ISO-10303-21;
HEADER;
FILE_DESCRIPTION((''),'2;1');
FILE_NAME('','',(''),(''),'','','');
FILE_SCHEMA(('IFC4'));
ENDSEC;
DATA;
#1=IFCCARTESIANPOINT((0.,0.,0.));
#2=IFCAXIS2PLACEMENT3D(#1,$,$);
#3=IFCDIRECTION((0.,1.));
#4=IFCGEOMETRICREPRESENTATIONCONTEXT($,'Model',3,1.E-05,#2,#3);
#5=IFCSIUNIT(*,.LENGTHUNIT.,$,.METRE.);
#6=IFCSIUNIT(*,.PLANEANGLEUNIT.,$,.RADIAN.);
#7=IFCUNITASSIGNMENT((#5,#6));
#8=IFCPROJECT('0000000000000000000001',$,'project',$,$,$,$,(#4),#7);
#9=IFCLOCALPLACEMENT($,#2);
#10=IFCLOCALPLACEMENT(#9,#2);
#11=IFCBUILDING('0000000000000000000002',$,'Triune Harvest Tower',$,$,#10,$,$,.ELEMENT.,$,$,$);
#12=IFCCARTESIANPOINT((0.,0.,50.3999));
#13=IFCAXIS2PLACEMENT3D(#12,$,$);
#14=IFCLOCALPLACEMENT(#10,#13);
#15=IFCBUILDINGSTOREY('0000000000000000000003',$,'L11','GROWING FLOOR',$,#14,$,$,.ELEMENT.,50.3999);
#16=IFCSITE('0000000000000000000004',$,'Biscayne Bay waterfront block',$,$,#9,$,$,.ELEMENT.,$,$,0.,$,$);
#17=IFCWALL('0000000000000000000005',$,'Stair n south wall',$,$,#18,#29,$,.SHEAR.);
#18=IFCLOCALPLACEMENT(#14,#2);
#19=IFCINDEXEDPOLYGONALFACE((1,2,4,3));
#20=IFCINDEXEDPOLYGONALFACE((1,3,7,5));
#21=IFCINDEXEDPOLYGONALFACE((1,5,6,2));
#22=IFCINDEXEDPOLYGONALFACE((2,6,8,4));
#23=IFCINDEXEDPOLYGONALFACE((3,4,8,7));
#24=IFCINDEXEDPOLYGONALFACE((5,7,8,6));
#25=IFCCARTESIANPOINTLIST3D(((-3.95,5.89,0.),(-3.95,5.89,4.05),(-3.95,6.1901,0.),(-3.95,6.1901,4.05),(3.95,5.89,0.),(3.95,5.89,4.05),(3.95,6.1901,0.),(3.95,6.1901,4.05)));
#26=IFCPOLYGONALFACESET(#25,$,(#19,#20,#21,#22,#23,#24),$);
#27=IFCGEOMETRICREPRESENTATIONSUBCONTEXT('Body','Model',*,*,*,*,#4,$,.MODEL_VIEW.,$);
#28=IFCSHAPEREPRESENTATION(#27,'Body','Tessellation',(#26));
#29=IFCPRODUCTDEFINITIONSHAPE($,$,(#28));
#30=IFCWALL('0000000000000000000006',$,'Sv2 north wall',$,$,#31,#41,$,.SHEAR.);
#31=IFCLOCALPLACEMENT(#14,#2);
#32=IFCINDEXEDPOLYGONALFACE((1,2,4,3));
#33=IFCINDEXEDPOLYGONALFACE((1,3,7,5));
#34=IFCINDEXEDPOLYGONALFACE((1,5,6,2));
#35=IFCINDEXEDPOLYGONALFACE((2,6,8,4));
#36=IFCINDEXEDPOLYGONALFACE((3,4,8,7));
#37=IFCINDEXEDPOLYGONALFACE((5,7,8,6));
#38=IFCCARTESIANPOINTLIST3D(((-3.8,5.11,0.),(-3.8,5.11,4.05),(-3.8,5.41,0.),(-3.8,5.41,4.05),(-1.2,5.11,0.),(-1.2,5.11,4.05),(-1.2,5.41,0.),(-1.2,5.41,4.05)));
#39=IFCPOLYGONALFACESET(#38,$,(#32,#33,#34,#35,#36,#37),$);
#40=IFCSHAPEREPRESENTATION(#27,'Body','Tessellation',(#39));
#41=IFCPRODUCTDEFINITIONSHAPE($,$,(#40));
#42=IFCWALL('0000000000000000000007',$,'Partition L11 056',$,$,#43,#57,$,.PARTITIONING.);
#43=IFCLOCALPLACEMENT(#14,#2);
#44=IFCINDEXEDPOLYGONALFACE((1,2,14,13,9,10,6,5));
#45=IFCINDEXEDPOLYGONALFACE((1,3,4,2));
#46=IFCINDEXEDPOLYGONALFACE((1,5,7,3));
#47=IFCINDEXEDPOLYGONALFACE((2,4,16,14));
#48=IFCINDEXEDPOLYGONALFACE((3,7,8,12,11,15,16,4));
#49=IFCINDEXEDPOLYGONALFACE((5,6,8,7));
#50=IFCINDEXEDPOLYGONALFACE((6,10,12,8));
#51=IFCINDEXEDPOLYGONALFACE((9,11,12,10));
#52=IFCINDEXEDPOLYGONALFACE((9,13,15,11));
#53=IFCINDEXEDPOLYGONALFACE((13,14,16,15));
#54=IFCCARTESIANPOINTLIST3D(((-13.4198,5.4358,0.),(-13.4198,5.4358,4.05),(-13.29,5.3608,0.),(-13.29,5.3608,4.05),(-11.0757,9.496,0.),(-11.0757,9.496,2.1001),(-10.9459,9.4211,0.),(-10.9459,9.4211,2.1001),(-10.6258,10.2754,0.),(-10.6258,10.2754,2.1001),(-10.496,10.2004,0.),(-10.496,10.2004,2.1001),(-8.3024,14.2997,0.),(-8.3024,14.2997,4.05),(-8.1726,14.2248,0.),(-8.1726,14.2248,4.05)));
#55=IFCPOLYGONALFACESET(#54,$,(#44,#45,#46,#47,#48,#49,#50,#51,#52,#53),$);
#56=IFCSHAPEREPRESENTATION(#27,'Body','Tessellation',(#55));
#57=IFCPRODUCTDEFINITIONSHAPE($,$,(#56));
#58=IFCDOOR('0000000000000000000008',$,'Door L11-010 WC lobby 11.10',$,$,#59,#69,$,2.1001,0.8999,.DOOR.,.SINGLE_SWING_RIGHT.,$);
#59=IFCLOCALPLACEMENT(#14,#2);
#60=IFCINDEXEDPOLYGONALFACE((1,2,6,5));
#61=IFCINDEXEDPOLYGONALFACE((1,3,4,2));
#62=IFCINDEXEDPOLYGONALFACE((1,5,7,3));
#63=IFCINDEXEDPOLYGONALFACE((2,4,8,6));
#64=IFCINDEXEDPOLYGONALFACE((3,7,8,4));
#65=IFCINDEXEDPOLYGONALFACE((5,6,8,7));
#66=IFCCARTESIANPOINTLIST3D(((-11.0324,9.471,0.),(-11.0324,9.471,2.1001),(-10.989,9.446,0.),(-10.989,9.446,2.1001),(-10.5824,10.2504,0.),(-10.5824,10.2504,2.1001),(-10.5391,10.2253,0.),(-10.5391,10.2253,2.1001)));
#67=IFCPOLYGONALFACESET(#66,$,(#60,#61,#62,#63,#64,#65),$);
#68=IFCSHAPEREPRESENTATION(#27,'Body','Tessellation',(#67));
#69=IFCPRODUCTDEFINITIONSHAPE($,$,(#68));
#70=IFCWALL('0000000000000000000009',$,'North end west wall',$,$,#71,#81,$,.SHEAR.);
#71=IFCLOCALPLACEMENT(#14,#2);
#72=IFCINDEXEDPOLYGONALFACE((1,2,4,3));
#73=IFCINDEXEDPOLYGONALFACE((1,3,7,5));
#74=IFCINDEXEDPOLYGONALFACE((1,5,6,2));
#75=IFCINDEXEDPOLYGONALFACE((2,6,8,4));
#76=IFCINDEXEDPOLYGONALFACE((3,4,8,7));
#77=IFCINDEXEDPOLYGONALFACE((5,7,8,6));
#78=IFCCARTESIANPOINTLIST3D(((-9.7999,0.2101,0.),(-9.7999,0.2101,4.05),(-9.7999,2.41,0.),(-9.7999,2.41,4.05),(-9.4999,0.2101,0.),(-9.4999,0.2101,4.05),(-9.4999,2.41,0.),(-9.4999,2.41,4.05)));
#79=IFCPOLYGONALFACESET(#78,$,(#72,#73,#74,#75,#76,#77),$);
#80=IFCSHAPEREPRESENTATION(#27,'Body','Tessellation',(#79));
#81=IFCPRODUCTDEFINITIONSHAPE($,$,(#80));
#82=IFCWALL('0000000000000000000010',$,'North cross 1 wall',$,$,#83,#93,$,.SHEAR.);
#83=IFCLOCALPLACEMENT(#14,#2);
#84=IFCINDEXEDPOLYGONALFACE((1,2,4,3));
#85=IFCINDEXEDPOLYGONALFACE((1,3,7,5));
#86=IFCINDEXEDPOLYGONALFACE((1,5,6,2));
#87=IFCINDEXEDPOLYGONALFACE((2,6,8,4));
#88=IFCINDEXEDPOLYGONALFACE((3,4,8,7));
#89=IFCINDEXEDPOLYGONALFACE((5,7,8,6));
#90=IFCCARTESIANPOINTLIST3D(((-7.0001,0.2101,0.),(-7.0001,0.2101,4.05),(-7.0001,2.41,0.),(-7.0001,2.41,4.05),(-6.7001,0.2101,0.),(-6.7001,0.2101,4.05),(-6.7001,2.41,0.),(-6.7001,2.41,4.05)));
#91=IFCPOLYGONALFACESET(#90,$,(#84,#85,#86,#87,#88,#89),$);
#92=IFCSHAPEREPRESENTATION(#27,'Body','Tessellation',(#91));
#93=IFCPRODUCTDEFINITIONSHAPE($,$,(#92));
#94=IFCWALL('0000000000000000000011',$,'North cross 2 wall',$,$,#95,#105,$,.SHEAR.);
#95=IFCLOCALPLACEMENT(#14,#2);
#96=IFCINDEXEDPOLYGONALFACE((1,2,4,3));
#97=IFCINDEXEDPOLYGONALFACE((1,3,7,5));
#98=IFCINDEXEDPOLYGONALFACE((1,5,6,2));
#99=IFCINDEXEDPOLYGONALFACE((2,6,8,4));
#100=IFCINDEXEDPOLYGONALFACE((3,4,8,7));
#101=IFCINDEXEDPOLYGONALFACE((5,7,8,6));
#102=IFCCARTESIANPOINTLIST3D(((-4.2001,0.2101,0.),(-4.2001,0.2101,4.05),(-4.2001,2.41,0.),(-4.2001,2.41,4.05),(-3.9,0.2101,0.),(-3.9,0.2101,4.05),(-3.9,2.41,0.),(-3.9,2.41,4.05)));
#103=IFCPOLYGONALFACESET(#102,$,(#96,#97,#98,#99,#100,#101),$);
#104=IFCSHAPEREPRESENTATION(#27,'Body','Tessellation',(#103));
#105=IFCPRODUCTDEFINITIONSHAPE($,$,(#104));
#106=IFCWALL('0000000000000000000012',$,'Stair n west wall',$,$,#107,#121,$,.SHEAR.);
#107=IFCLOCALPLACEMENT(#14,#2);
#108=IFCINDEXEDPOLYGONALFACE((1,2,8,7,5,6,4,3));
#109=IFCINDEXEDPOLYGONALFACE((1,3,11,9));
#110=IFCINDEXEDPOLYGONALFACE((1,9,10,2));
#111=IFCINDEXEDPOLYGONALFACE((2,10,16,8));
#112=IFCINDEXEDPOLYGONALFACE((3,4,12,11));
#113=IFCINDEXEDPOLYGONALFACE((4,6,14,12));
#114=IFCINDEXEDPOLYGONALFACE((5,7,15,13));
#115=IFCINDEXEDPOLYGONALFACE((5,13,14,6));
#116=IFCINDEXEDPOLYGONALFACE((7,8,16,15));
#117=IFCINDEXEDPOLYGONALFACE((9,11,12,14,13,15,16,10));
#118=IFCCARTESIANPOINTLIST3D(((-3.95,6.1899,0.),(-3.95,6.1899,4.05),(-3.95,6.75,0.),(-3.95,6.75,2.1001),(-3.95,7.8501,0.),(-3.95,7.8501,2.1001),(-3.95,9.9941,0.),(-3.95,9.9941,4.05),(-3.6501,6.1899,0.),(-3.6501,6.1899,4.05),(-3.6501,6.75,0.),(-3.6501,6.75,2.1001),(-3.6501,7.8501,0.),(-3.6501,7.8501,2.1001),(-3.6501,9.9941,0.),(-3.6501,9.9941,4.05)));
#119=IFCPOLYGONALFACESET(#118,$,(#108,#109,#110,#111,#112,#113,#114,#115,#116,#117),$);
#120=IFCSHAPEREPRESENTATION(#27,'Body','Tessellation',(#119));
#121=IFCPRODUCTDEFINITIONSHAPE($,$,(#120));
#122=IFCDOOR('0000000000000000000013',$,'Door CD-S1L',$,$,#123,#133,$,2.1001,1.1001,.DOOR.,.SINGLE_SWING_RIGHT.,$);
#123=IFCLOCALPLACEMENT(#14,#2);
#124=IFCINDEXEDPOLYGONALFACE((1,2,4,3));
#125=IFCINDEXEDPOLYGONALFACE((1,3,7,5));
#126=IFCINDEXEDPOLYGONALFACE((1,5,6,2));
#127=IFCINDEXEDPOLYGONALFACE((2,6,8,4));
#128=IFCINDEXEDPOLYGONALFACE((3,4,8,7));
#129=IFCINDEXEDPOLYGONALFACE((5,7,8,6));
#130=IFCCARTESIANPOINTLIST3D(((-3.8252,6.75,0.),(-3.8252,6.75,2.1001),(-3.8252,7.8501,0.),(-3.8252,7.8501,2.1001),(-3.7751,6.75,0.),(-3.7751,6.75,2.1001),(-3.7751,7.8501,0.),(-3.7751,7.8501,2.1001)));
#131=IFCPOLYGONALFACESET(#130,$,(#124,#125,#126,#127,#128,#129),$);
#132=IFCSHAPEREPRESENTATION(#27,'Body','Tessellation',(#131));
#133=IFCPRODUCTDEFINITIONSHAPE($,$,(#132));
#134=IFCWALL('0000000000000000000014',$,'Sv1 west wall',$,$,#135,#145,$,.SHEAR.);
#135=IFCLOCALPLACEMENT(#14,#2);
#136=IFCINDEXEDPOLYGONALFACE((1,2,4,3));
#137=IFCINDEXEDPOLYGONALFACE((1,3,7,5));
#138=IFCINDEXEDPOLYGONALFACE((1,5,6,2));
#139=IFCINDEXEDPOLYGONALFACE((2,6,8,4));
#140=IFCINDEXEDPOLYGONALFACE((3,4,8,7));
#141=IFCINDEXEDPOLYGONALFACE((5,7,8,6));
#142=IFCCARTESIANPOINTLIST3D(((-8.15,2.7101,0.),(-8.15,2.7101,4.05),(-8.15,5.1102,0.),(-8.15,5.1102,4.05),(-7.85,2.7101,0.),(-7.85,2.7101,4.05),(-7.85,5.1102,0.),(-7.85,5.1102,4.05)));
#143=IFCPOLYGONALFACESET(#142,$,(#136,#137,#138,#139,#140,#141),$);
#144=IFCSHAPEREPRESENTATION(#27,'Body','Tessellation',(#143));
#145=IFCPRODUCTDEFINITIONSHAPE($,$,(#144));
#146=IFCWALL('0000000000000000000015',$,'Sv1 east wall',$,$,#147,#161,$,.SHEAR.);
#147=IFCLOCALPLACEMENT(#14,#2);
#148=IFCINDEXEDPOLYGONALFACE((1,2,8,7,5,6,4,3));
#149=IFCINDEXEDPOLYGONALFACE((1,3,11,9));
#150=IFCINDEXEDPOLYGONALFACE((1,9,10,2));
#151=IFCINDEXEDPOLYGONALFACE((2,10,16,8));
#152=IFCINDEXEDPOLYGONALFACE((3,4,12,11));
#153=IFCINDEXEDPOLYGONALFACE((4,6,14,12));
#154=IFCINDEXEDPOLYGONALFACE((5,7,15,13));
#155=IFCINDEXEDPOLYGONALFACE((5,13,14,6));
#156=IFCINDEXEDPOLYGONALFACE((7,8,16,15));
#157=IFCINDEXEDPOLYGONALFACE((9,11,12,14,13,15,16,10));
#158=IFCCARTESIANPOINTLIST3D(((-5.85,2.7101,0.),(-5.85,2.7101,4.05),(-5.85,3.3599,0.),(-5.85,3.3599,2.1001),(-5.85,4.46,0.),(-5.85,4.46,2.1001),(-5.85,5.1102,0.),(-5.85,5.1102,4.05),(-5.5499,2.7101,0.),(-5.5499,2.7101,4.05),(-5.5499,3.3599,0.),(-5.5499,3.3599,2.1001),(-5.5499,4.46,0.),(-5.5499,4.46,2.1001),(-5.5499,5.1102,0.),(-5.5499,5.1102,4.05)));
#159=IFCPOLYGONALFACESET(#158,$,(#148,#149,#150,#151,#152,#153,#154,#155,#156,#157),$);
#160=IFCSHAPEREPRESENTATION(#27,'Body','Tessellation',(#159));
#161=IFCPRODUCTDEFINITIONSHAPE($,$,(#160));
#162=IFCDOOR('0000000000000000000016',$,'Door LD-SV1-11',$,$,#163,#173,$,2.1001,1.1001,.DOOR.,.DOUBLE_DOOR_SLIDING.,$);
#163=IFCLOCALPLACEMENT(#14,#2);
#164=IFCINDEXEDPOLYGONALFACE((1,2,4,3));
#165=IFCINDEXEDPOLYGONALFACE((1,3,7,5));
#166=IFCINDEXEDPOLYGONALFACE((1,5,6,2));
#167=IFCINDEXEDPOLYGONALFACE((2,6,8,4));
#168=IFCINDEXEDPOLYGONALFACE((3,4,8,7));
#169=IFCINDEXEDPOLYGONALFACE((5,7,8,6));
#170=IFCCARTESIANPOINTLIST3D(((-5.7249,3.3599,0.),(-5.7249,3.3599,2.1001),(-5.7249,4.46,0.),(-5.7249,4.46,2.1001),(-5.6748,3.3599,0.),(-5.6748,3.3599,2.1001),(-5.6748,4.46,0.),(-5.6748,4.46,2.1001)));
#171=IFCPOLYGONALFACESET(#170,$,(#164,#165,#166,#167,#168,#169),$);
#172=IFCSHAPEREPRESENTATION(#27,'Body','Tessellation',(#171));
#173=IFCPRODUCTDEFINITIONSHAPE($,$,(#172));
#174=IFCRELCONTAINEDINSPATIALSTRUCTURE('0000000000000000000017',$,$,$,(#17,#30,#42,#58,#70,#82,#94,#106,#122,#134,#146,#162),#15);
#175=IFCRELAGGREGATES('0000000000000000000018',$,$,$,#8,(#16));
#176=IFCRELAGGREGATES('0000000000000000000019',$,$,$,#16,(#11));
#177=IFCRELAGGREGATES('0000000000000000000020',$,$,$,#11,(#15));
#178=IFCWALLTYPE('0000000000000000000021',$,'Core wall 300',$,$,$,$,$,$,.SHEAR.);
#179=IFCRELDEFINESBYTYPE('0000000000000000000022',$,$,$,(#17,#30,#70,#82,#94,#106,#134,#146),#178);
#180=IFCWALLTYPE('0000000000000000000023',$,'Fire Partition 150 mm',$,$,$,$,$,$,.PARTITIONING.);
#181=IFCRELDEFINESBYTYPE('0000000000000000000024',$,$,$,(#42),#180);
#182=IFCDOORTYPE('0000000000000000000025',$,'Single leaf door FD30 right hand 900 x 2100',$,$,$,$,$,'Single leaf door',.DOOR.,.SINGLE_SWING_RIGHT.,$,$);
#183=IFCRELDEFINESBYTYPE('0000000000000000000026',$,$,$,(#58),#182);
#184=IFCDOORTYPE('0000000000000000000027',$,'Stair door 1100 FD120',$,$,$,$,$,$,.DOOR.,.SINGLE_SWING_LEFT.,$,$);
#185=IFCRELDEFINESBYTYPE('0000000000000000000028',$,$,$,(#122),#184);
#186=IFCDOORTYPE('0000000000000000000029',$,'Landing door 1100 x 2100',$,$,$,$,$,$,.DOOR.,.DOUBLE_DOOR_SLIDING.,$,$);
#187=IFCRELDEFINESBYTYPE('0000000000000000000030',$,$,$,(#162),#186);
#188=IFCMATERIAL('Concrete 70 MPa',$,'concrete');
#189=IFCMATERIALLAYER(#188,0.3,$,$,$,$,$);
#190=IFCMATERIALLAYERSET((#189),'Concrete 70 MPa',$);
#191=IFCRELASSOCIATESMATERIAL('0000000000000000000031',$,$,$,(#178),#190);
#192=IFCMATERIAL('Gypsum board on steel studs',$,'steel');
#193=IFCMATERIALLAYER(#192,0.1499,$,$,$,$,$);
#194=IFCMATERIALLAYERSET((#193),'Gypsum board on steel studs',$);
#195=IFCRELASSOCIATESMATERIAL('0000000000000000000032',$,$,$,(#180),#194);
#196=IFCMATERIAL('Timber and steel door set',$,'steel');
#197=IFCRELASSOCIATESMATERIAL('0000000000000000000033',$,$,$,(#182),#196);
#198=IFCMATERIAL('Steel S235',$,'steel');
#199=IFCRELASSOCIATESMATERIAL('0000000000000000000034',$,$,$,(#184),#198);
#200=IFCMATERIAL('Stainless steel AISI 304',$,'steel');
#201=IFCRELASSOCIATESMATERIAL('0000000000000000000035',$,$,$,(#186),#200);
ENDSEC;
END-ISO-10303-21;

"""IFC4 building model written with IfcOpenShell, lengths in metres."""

from ifc_helpers import new_model, si_unit, direction, frame, frame_2d, origin, place, context, subcontext, project, spatial, polyline, rectangle, outline, extrude, source, transform, mapped, material, layer, layer_set, type_object, element, fill, save


model = new_model("IFC4")

# Units and contexts
model_context = context("Model", 3, precision=1e-05, world=origin(), true_north=direction((0.0, 1.0)))
body_context = subcontext(model_context, "Body", "Model", "MODEL_VIEW")
ifc_project = project(units=[si_unit("LENGTHUNIT", "METRE"), si_unit("PLANEANGLEUNIT", "RADIAN")], contexts=[model_context])

# Site, building, storey
site_placement = place(None, origin())
site = spatial("IfcSite", under=ifc_project, at=site_placement, Name="Biscayne Bay waterfront block", CompositionType="ELEMENT", RefElevation=0.0)
building_placement = place(site_placement, origin())
building = spatial("IfcBuilding", under=site, at=building_placement, Name="Triune Harvest Tower", CompositionType="ELEMENT")
storey_placement = place(building_placement, frame((0.0, 0.0, 50.3999)))
storey = spatial("IfcBuildingStorey", under=building, at=storey_placement, Name="L11", Description="GROWING FLOOR", CompositionType="ELEMENT", Elevation=50.3999)

# Walls
ifc_material_1 = material(Name="Concrete 70 MPa", Category="concrete")
ifc_layer_1 = layer(ifc_material_1, 0.3)
ifc_layer_set_1 = layer_set([ifc_layer_1], Name="Concrete 70 MPa")
wall_type_1 = type_object("IfcWallType", Name="Core wall 300", PredefinedType="SHEAR", material=ifc_layer_set_1)
wall_1_placement = place(storey_placement, frame((-3.95, 6.04, 0.0), z_axis=(0.0, 0.0, 1.0), x_axis=(1.0, 0.0, 0.0)))
element("IfcWall", 1, at=wall_1_placement, inside=storey, type_object=wall_type_1, Name="Stair n south wall", PredefinedType="SHEAR", context=body_context, shape_type="SweptSolid", body=[
    extrude(rectangle(XDim=7.8999, YDim=0.3, at=frame_2d((3.95, 0.0))), origin(), (0.0, 0.0, 1.0), 4.05),
])
wall_2_placement = place(storey_placement, frame((-3.8, 5.26, 0.0), z_axis=(0.0, 0.0, 1.0), x_axis=(1.0, 0.0, 0.0)))
element("IfcWall", 2, at=wall_2_placement, inside=storey, type_object=wall_type_1, Name="Sv2 north wall", PredefinedType="SHEAR", context=body_context, shape_type="SweptSolid", body=[
    extrude(rectangle(XDim=2.6001, YDim=0.3, at=frame_2d((1.3, 0.0))), origin(), (0.0, 0.0, 1.0), 4.05),
])

# Wall, opening, door
ifc_material_2 = material(Name="Gypsum board on steel studs", Category="steel")
ifc_layer_2 = layer(ifc_material_2, 0.1499)
ifc_layer_set_2 = layer_set([ifc_layer_2], Name="Gypsum board on steel studs")
wall_type_2 = type_object("IfcWallType", Name="Fire Partition 150 mm", PredefinedType="PARTITIONING", material=ifc_layer_set_2)
wall_3_placement = place(storey_placement, frame((-13.355, 5.3982, 0.0), z_axis=(0.0, 0.0, 1.0), x_axis=(0.499985, 0.866034, 0.0)))
wall_3 = element("IfcWall", 3, at=wall_3_placement, inside=storey, type_object=wall_type_2, Name="Partition L11 056", PredefinedType="PARTITIONING", context=body_context, shape_type="SweptSolid", body=[
    extrude(rectangle(XDim=10.2351, YDim=0.1499, at=frame_2d((5.1177, 0.0))), origin(), (0.0, 0.0, 1.0), 4.05),
])
opening_1_placement = place(wall_3_placement, frame((4.6885, 0.0, 0.0)))
opening_1 = element("IfcOpeningElement", 4, at=opening_1_placement, cuts=wall_3, PredefinedType="OPENING", context=body_context, shape_type="SweptSolid", body=[
    extrude(rectangle(XDim=0.8999, YDim=2.1001, at=frame_2d((0.45, 1.05))), frame((0.0, 0.085, 0.0), z_axis=(0.0, -1.0, 0.0), x_axis=(1.0, 0.0, 0.0)), (0.0, 0.0, 1.0), 0.1699),
])
ifc_material_3 = material(Name="Timber and steel door set", Category="steel")
door_type_1 = type_object("IfcDoorType", Name="Single leaf door FD30 right hand 900 x 2100", ElementType="Single leaf door", OperationType="SINGLE_SWING_RIGHT", PredefinedType="DOOR", material=ifc_material_3)
door_1_placement = place(opening_1_placement, origin())
door_1 = element("IfcDoor", 5, at=door_1_placement, inside=storey, type_object=door_type_1, Name="Door L11-010 WC lobby 11.10", OperationType="SINGLE_SWING_RIGHT", OverallHeight=2.1001, OverallWidth=0.8999, PredefinedType="DOOR", context=body_context, shape_type="SweptSolid", body=[
    extrude(rectangle(XDim=0.8999, YDim=2.1001, at=frame_2d((0.45, 1.05))), frame((0.0, 0.0249, 0.0), z_axis=(0.0, -1.0, 0.0), x_axis=(1.0, 0.0, 0.0)), (0.0, 0.0, 1.0), 0.05),
])
fill(opening_1, door_1)

# Walls
shared_shape_1 = source(origin(), body_context, "Body", "SweptSolid", [
    extrude(rectangle(XDim=2.2, YDim=0.3, at=frame_2d((1.1001, 0.0))), origin(), (0.0, 0.0, 1.0), 4.05),
])
for number, where, z_axis, x_axis, name in (
    (6, (-9.6499, 0.21, 0.0), (0.0, 0.0, 1.0), (0.0, 1.0, 0.0), "North end west wall"),
    (7, (-6.8501, 0.21, 0.0), (0.0, 0.0, 1.0), (0.0, 1.0, 0.0), "North cross 1 wall"),
    (8, (-4.05, 0.21, 0.0), (0.0, 0.0, 1.0), (0.0, 1.0, 0.0), "North cross 2 wall"),
):
    element("IfcWall", number, at=place(storey_placement, frame(where, z_axis=z_axis, x_axis=x_axis)), inside=storey, type_object=wall_type_1, Name=name, PredefinedType="SHEAR", context=body_context, shape_type="MappedRepresentation", body=[
        mapped(shared_shape_1, transform((0.0, 0.0, 0.0), scale=1.0)),
    ])

# Wall, opening, door
shared_shape_2 = source(origin(), body_context, "Body", "SweptSolid", [
    extrude(outline(polyline([(0.0, -0.1499), (0.0, 0.1499), (3.8042, 0.1499), (3.8042, -0.1499), (0.0, -0.1499)])), origin(), (0.0, 0.0, 1.0), 4.05),
])
wall_4_placement = place(storey_placement, frame((-3.8, 6.1899, 0.0), z_axis=(0.0, 0.0, 1.0), x_axis=(0.0, 1.0, 0.0)))
wall_4 = element("IfcWall", 9, at=wall_4_placement, inside=storey, type_object=wall_type_1, Name="Stair n west wall", PredefinedType="SHEAR", context=body_context, shape_type="MappedRepresentation", body=[
    mapped(shared_shape_2, transform((0.0, 0.0, 0.0), scale=1.0)),
])
opening_2_placement = place(wall_4_placement, frame((0.5601, 0.0, 0.0)))
opening_2 = element("IfcOpeningElement", 10, at=opening_2_placement, cuts=wall_4, PredefinedType="OPENING", context=body_context, shape_type="SweptSolid", body=[
    extrude(rectangle(XDim=1.1001, YDim=2.1001, at=frame_2d((0.55, 1.05))), frame((0.0, 0.1602, 0.0), z_axis=(0.0, -1.0, 0.0), x_axis=(1.0, 0.0, 0.0)), (0.0, 0.0, 1.0), 0.3201),
])
ifc_material_4 = material(Name="Steel S235", Category="steel")
door_type_2 = type_object("IfcDoorType", Name="Stair door 1100 FD120", OperationType="SINGLE_SWING_LEFT", PredefinedType="DOOR", material=ifc_material_4)
door_2_placement = place(opening_2_placement, frame((1.1001, 0.0, 0.0), z_axis=(0.0, 0.0, 1.0), x_axis=(-1.0, 0.0, 0.0)))
door_2 = element("IfcDoor", 11, at=door_2_placement, inside=storey, type_object=door_type_2, Name="Door CD-S1L", OperationType="SINGLE_SWING_RIGHT", OverallHeight=2.1001, OverallWidth=1.1001, PredefinedType="DOOR", context=body_context, shape_type="SweptSolid", body=[
    extrude(rectangle(XDim=1.1001, YDim=2.1001, at=frame_2d((0.55, 1.05))), frame((0.0, 0.0249, 0.0), z_axis=(0.0, -1.0, 0.0), x_axis=(1.0, 0.0, 0.0)), (0.0, 0.0, 1.0), 0.05),
])
fill(opening_2, door_2)

# Wall
shared_shape_3 = source(origin(), body_context, "Body", "SweptSolid", [
    extrude(rectangle(XDim=2.4001, YDim=0.3, at=frame_2d((1.2002, 0.0))), origin(), (0.0, 0.0, 1.0), 4.05),
])
wall_5_placement = place(storey_placement, frame((-8.0, 2.71, 0.0), z_axis=(0.0, 0.0, 1.0), x_axis=(0.0, 1.0, 0.0)))
element("IfcWall", 12, at=wall_5_placement, inside=storey, type_object=wall_type_1, Name="Sv1 west wall", PredefinedType="SHEAR", context=body_context, shape_type="MappedRepresentation", body=[
    mapped(shared_shape_3, transform((0.0, 0.0, 0.0), scale=1.0)),
])

# Wall, opening, door
wall_6_placement = place(storey_placement, frame((-5.7, 2.71, 0.0), z_axis=(0.0, 0.0, 1.0), x_axis=(0.0, 1.0, 0.0)))
wall_6 = element("IfcWall", 13, at=wall_6_placement, inside=storey, type_object=wall_type_1, Name="Sv1 east wall", PredefinedType="SHEAR", context=body_context, shape_type="MappedRepresentation", body=[
    mapped(shared_shape_3, transform((0.0, 0.0, 0.0), scale=1.0)),
])
opening_3_placement = place(wall_6_placement, frame((0.6499, 0.0, 0.0)))
opening_3 = element("IfcOpeningElement", 14, at=opening_3_placement, cuts=wall_6, PredefinedType="OPENING", context=body_context, shape_type="SweptSolid", body=[
    extrude(rectangle(XDim=1.1001, YDim=2.1001, at=frame_2d((0.55, 1.05))), frame((0.0, 0.1602, 0.0), z_axis=(0.0, -1.0, 0.0), x_axis=(1.0, 0.0, 0.0)), (0.0, 0.0, 1.0), 0.3201),
])
ifc_material_5 = material(Name="Stainless steel AISI 304", Category="steel")
door_type_3 = type_object("IfcDoorType", Name="Landing door 1100 x 2100", OperationType="DOUBLE_DOOR_SLIDING", PredefinedType="DOOR", material=ifc_material_5)
door_3_placement = place(opening_3_placement, origin())
door_3 = element("IfcDoor", 15, at=door_3_placement, inside=storey, type_object=door_type_3, Name="Door LD-SV1-11", OperationType="DOUBLE_DOOR_SLIDING", OverallHeight=2.1001, OverallWidth=1.1001, PredefinedType="DOOR", context=body_context, shape_type="SweptSolid", body=[
    extrude(rectangle(XDim=1.1001, YDim=2.1001, at=frame_2d((0.55, 1.05))), frame((0.0, 0.0249, 0.0), z_axis=(0.0, -1.0, 0.0), x_axis=(1.0, 0.0, 0.0)), (0.0, 0.0, 1.0), 0.05),
])
fill(opening_3, door_3)

save(model, "model.ifc")
